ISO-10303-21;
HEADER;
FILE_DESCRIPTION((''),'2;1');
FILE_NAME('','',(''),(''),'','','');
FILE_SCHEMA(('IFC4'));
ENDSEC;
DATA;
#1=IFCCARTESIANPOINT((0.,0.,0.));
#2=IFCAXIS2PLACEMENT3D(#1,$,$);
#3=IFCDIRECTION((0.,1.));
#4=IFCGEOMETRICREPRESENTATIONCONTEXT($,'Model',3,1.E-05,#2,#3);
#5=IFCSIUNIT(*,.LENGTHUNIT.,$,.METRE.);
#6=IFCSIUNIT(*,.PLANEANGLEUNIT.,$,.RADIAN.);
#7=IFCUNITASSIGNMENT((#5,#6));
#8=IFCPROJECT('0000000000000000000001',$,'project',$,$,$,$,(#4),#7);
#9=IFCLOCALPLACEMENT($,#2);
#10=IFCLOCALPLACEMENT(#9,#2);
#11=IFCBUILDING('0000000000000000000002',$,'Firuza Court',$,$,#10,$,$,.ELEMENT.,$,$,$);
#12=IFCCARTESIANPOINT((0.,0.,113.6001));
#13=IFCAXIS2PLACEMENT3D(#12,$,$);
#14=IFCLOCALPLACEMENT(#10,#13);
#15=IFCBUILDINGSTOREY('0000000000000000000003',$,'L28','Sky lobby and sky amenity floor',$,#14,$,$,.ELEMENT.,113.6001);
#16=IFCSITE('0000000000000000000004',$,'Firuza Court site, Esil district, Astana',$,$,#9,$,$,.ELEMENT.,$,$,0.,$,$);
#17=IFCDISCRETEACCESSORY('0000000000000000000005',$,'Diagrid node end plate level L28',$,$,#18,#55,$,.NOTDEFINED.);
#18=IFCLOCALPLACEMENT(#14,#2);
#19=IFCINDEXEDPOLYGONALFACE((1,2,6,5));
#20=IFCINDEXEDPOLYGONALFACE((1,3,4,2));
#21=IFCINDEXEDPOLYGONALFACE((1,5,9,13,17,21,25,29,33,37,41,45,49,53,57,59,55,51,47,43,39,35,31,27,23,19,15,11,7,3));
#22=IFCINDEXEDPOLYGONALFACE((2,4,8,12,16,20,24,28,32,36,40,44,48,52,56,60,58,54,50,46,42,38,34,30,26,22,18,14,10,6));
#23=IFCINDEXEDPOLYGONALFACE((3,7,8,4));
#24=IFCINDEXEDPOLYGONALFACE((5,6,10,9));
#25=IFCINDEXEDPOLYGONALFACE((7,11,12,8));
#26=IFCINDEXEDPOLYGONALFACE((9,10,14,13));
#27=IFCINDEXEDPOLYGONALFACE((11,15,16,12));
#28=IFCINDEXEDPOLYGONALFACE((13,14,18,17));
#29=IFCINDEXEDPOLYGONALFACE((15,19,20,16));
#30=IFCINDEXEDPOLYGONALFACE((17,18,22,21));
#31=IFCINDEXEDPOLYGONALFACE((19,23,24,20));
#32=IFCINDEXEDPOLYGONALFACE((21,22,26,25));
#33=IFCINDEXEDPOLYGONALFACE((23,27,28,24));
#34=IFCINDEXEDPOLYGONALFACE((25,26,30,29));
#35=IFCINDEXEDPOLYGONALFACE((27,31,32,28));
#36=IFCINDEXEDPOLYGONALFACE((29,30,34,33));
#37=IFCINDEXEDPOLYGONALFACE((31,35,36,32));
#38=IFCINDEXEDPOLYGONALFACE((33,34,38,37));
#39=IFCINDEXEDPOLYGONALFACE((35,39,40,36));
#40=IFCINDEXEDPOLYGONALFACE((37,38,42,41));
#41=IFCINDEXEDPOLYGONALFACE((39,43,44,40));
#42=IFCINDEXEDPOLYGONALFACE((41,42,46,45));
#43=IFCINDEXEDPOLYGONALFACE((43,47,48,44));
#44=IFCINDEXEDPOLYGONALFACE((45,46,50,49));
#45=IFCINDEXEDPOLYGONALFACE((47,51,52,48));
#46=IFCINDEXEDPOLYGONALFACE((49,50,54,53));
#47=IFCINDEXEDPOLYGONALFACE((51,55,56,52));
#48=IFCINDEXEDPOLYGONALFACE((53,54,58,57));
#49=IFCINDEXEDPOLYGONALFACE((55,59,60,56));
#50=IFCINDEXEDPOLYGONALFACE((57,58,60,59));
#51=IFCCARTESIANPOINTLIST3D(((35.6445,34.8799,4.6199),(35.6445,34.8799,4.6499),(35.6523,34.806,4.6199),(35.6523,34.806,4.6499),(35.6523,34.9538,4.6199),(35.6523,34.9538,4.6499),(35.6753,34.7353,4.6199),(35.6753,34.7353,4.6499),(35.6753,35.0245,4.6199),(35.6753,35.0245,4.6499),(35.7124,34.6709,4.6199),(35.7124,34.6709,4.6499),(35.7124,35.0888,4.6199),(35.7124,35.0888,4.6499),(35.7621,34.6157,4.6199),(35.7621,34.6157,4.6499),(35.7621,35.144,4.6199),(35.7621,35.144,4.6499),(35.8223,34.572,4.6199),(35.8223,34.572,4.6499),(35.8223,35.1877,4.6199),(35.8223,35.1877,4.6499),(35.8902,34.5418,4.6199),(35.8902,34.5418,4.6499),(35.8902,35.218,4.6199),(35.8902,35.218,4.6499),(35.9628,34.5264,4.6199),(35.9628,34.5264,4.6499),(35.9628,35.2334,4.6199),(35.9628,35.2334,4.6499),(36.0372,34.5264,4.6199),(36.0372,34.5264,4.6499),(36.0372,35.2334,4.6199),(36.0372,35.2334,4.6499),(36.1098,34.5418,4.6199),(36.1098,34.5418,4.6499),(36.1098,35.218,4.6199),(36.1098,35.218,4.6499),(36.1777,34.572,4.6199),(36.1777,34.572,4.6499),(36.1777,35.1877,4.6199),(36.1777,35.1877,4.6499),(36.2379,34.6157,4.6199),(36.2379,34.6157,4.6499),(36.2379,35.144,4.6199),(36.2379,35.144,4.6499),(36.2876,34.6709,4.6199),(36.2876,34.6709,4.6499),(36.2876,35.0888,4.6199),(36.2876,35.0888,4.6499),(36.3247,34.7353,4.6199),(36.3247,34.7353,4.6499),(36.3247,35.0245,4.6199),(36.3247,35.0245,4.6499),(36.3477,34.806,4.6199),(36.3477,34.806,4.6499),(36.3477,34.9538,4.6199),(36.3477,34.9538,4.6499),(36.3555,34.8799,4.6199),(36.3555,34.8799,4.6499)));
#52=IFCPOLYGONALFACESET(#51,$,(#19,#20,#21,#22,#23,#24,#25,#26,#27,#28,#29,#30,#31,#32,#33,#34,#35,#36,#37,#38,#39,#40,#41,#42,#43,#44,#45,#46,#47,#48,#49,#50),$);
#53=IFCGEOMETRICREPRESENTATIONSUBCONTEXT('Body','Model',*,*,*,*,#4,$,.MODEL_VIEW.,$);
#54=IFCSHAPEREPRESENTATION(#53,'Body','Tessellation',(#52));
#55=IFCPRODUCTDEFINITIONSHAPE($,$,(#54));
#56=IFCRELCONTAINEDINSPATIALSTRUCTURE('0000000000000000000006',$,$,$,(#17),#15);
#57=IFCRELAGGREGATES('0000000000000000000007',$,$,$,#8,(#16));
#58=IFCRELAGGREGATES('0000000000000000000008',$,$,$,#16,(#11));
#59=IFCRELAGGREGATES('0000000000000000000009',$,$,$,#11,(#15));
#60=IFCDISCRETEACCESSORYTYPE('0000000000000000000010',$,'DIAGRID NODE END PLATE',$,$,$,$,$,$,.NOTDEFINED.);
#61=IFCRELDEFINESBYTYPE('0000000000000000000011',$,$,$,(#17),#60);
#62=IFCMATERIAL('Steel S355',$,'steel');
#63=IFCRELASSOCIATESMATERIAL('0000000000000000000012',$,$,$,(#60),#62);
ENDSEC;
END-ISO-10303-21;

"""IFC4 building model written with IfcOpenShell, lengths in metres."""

from ifc_helpers import new_model, si_unit, direction, frame, origin, origin_2d, place, context, subcontext, project, spatial, circle, extrude, material, material_profile, profile_set, type_object, element, save


model = new_model("IFC4")

# Units and contexts
model_context = context("Model", 3, precision=1e-05, world=origin(), true_north=direction((0.0, 1.0)))
body_context = subcontext(model_context, "Body", "Model", "MODEL_VIEW")
ifc_project = project(units=[si_unit("LENGTHUNIT", "METRE"), si_unit("PLANEANGLEUNIT", "RADIAN")], contexts=[model_context])

# Site, building, storey
site_placement = place(None, origin())
site = spatial("IfcSite", under=ifc_project, at=site_placement, Name="Firuza Court site, Esil district, Astana", CompositionType="ELEMENT", RefElevation=0.0)
building_placement = place(site_placement, origin())
building = spatial("IfcBuilding", under=site, at=building_placement, Name="Firuza Court", CompositionType="ELEMENT")
storey_placement = place(building_placement, frame((0.0, 0.0, 113.6001)))
storey = spatial("IfcBuildingStorey", under=building, at=storey_placement, Name="L28", Description="Sky lobby and sky amenity floor", CompositionType="ELEMENT", Elevation=113.6001)

# Discrete accessory
ifc_material_1 = material(Name="Steel S355", Category="steel")
ifc_material_profile_1 = material_profile(ifc_material_1, circle(Radius=0.3555, at=origin_2d()), Name="PL D711")
ifc_profile_set_1 = profile_set([ifc_material_profile_1], Name="Steel S355")
discrete_accessory_type = type_object("IfcDiscreteAccessoryType", Name="DIAGRID NODE END PLATE", PredefinedType="NOTDEFINED", material=ifc_profile_set_1)
discrete_accessory_1_placement = place(storey_placement, frame((36.0, 34.8799, 4.6199), z_axis=(0.0, 0.0, 1.0), x_axis=(1.0, 0.0, 0.0)))
element("IfcDiscreteAccessory", 1, at=discrete_accessory_1_placement, inside=storey, type_object=discrete_accessory_type, Name="Diagrid node end plate level L28", PredefinedType="NOTDEFINED", context=body_context, shape_type="SweptSolid", body=[
    extrude(circle(Radius=0.3555, at=origin_2d()), origin(), (0.0, 0.0, 1.0), 0.03),
])

save(model, "model.ifc")
